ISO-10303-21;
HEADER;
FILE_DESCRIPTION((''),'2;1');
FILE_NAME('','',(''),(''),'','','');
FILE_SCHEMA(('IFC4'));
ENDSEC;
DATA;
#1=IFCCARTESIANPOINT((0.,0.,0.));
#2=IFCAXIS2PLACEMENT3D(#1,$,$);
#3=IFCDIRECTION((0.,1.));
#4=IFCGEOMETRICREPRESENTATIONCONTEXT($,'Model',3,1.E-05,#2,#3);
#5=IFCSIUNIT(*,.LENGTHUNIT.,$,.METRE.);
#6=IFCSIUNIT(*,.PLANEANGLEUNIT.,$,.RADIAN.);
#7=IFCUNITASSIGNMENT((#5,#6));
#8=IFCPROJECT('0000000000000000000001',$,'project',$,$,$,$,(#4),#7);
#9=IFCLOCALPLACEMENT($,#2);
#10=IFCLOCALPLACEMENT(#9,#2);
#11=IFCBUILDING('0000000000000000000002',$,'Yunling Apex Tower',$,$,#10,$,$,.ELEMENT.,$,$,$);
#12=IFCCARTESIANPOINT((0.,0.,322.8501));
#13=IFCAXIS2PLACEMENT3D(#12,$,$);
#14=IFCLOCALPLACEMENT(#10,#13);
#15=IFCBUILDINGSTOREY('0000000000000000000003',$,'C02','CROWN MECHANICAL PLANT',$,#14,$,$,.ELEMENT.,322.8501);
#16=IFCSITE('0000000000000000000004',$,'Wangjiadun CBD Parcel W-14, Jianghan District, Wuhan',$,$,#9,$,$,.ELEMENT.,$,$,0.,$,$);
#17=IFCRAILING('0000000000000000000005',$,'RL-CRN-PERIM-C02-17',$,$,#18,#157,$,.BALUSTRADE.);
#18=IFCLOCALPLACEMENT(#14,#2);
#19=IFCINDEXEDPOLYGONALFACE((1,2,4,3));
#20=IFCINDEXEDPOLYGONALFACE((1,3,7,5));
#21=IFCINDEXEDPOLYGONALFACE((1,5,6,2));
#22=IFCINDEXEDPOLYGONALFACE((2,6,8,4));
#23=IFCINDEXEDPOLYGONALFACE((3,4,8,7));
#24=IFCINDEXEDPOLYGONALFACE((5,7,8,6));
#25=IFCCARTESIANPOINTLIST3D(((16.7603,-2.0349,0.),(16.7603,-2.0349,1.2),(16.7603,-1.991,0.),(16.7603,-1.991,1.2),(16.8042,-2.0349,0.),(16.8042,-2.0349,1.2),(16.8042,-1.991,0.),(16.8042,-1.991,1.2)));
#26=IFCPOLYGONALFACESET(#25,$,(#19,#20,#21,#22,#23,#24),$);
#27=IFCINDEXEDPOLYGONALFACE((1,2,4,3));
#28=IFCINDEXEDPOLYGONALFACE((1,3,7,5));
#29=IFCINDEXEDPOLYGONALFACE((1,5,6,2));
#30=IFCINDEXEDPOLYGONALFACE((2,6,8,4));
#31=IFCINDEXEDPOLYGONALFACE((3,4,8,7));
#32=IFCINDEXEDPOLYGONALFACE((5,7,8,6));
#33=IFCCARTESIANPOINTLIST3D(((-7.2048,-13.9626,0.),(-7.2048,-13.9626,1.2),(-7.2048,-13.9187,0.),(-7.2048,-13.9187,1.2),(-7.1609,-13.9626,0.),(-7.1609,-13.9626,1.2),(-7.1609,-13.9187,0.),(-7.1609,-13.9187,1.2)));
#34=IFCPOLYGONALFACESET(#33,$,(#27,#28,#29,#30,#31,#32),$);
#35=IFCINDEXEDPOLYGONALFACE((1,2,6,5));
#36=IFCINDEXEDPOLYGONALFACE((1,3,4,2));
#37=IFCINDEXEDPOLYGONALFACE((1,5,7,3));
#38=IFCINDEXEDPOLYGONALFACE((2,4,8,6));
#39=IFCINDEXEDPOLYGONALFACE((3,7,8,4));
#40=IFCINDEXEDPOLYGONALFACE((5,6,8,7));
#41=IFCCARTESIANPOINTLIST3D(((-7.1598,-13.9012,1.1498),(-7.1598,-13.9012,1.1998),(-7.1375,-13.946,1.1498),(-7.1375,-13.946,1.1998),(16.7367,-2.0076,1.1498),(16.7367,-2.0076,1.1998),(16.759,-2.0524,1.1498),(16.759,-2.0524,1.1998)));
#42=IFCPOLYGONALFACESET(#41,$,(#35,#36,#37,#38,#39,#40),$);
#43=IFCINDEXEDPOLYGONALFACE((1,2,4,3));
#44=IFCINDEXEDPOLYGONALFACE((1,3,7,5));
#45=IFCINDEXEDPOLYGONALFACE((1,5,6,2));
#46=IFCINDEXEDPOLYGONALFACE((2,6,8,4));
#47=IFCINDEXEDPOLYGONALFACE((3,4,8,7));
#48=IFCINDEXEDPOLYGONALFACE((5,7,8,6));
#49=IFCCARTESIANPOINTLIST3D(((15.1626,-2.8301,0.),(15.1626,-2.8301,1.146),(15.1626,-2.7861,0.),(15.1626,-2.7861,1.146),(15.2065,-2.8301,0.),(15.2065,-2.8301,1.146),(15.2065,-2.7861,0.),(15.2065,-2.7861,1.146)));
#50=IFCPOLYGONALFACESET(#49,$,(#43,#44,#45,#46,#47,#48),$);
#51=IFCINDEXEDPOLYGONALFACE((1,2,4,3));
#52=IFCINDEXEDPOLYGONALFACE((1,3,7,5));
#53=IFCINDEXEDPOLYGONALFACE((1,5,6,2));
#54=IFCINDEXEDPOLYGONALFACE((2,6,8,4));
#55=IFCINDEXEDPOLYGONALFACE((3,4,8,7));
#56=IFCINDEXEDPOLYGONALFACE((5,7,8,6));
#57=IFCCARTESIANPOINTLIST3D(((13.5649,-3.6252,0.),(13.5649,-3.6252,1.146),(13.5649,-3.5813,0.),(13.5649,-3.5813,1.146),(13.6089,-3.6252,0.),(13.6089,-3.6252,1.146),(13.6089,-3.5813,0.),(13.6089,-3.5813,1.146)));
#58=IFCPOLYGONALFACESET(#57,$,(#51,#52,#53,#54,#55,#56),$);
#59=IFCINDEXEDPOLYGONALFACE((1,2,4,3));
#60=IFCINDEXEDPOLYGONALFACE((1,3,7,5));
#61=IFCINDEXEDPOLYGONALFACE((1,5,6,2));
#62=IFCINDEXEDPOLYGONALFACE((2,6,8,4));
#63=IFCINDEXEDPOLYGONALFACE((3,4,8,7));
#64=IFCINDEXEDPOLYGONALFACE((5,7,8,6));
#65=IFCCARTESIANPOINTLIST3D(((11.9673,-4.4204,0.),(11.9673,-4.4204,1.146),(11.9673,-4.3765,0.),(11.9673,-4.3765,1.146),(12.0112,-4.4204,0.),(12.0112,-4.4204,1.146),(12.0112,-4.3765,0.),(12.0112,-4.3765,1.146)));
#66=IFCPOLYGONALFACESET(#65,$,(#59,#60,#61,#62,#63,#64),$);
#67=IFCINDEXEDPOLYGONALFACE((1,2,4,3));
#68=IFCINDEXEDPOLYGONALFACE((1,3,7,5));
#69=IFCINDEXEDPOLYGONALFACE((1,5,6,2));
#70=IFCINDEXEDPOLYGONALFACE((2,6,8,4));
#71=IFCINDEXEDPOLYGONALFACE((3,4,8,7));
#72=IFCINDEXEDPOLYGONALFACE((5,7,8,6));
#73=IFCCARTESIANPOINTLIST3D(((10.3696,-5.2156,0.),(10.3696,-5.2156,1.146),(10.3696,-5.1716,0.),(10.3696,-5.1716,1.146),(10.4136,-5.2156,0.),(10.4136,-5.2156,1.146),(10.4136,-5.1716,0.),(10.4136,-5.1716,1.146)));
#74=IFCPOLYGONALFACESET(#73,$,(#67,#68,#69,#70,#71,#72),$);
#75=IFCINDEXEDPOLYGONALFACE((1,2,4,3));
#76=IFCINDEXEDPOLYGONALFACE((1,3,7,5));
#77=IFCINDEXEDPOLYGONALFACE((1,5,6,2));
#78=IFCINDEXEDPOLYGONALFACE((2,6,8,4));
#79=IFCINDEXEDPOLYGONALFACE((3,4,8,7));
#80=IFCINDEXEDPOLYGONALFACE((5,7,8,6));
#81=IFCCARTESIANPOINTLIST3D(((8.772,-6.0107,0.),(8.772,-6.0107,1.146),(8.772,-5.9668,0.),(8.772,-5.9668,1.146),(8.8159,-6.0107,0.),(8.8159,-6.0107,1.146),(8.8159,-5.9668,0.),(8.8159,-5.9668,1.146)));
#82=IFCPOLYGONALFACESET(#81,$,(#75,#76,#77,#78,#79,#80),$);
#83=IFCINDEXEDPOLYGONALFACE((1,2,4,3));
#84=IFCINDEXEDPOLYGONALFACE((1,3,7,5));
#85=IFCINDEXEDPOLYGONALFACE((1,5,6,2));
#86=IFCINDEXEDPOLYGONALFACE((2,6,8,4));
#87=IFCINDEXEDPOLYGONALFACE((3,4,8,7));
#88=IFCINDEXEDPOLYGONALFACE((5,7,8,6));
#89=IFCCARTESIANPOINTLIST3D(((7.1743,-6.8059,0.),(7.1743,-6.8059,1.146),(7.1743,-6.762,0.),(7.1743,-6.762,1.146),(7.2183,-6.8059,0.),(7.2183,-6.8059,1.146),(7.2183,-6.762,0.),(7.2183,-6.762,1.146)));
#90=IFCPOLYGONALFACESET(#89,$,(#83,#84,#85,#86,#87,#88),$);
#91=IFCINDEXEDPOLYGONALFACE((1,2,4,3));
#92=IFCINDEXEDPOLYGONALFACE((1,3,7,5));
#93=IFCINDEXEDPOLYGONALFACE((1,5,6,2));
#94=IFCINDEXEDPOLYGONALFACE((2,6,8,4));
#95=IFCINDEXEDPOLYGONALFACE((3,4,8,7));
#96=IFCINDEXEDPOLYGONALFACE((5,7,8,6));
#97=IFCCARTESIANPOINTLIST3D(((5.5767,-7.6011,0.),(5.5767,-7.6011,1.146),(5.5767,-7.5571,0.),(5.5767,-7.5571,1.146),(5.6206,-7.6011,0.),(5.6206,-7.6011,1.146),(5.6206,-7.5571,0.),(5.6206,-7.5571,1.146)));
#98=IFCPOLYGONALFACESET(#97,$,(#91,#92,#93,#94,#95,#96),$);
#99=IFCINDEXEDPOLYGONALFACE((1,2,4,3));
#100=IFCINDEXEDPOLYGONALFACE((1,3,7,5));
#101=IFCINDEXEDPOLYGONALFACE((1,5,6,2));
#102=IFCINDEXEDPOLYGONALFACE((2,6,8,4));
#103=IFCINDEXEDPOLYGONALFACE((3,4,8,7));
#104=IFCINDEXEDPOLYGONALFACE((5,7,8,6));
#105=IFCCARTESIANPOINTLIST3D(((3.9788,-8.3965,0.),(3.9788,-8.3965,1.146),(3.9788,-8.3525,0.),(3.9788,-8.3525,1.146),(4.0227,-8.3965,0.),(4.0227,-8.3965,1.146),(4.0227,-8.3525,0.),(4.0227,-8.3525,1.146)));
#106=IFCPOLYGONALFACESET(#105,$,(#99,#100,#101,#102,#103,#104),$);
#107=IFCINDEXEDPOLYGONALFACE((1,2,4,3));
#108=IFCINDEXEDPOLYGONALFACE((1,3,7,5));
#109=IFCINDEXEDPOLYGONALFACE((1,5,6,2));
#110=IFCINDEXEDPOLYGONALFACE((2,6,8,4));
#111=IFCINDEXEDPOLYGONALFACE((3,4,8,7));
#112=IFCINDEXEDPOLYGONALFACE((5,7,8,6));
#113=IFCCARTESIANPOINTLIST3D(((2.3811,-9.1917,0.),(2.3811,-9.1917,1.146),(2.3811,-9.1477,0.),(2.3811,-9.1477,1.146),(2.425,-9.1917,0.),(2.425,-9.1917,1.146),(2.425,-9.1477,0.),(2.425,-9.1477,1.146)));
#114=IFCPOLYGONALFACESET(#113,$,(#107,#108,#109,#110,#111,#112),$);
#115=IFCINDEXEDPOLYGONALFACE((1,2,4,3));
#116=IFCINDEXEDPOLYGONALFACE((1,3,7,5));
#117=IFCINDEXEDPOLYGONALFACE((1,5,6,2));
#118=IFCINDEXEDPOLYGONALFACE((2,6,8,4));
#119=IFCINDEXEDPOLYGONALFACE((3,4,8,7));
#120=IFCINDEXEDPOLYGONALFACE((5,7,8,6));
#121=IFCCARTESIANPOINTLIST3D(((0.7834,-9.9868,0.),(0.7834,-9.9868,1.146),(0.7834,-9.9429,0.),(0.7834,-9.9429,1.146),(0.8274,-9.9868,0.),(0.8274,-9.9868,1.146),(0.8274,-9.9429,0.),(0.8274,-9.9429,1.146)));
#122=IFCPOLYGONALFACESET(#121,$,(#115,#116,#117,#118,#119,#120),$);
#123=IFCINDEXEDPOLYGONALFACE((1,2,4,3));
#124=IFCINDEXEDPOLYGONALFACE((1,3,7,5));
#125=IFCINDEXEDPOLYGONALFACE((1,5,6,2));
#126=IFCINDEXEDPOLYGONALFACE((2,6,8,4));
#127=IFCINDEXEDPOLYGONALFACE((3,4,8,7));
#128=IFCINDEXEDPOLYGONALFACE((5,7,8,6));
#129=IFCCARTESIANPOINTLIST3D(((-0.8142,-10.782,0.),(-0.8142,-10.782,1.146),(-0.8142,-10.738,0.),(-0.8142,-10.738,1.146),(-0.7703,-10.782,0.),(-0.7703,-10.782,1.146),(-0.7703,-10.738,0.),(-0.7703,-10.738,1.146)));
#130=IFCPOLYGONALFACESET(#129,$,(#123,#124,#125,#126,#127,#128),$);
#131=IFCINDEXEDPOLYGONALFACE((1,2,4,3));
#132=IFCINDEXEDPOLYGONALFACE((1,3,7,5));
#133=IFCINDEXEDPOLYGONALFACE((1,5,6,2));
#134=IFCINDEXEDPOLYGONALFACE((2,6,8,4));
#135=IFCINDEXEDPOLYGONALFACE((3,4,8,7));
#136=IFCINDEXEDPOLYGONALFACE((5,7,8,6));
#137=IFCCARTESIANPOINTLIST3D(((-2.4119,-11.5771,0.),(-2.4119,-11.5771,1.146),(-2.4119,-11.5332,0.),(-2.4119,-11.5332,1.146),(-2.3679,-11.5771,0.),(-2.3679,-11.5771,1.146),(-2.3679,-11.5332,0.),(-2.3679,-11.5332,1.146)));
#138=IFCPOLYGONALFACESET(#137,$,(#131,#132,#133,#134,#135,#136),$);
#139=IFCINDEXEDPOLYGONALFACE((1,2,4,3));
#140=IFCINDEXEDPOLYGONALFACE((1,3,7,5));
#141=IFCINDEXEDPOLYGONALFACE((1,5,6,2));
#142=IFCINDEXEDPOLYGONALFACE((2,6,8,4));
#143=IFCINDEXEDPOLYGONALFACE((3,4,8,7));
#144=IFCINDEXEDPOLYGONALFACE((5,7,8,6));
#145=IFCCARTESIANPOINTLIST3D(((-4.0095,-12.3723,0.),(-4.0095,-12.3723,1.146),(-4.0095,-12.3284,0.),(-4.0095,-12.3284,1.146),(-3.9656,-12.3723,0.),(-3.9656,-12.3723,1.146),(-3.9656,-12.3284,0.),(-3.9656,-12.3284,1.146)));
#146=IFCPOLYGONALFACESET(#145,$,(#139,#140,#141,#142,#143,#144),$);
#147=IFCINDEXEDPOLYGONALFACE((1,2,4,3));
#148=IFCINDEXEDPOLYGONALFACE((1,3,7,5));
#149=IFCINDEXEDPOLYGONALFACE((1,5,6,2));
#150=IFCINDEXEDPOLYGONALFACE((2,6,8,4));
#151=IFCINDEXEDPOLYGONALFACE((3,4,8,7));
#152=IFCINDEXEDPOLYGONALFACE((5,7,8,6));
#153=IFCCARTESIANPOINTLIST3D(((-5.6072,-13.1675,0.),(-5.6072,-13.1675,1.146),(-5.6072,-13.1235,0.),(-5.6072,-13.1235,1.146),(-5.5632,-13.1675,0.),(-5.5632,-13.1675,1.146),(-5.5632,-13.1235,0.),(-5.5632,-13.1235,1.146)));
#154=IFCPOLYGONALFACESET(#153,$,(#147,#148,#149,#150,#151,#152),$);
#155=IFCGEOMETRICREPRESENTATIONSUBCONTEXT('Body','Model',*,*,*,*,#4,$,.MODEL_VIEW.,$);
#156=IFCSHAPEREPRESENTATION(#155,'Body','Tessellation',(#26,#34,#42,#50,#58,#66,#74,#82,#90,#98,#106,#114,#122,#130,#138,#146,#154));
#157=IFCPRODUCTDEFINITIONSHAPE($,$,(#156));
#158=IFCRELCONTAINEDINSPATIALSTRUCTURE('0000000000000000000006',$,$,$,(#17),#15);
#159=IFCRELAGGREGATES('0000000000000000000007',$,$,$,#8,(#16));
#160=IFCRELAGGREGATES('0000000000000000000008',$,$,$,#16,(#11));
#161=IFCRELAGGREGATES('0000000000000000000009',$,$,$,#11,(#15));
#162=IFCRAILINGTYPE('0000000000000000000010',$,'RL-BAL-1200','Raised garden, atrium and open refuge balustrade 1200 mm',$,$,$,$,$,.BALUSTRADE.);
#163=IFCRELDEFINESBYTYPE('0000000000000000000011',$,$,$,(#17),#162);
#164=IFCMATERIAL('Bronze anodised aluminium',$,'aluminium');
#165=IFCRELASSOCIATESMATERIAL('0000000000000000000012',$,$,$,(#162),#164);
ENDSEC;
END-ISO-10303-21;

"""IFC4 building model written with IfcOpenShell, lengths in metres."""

from ifc_helpers import new_model, si_unit, direction, frame, origin, origin_2d, place, context, subcontext, project, spatial, rectangle, extrude, material, type_object, element, save


model = new_model("IFC4")

# Units and contexts
model_context = context("Model", 3, precision=1e-05, world=origin(), true_north=direction((0.0, 1.0)))
body_context = subcontext(model_context, "Body", "Model", "MODEL_VIEW")
ifc_project = project(units=[si_unit("LENGTHUNIT", "METRE"), si_unit("PLANEANGLEUNIT", "RADIAN")], contexts=[model_context])

# Site, building, storey
site_placement = place(None, origin())
site = spatial("IfcSite", under=ifc_project, at=site_placement, Name="Wangjiadun CBD Parcel W-14, Jianghan District, Wuhan", CompositionType="ELEMENT", RefElevation=0.0)
building_placement = place(site_placement, origin())
building = spatial("IfcBuilding", under=site, at=building_placement, Name="Yunling Apex Tower", CompositionType="ELEMENT")
storey_placement = place(building_placement, frame((0.0, 0.0, 322.8501)))
storey = spatial("IfcBuildingStorey", under=building, at=storey_placement, Name="C02", Description="CROWN MECHANICAL PLANT", CompositionType="ELEMENT", Elevation=322.8501)

# Shared definitions
ifc_material_1 = material(Name="Bronze anodised aluminium", Category="aluminium")

# Railing
railing_type = type_object("IfcRailingType", Name="RL-BAL-1200", Description="Raised garden, atrium and open refuge balustrade 1200 mm", PredefinedType="BALUSTRADE", material=ifc_material_1)
railing_1_placement = place(storey_placement, frame((16.7822, -2.0129, 0.0)))
element("IfcRailing", 1, at=railing_1_placement, inside=storey, type_object=railing_type, Name="RL-CRN-PERIM-C02-17", PredefinedType="BALUSTRADE", context=body_context, shape_type="SweptSolid", body=[
    extrude(rectangle(XDim=0.0439, YDim=0.0439, at=origin_2d()), origin(), (0.0, 0.0, 1.0), 1.2),
    extrude(rectangle(XDim=0.0439, YDim=0.0439, at=origin_2d()), frame((-23.9651, -11.9277, 0.0)), (0.0, 0.0, 1.0), 1.2),
    extrude(rectangle(XDim=0.05, YDim=0.05, at=origin_2d()), frame((-0.0344, -0.0171, 1.1748), z_axis=(-0.895245, -0.445575, 0.0), x_axis=(0.445575, -0.895245, 0.0)), (0.0, 0.0, 1.0), 26.6926),
    extrude(rectangle(XDim=0.0439, YDim=0.0439, at=origin_2d()), frame((-1.5977, -0.7952, 0.0)), (0.0, 0.0, 1.0), 1.146),
    extrude(rectangle(XDim=0.0439, YDim=0.0439, at=origin_2d()), frame((-3.1953, -1.5903, 0.0)), (0.0, 0.0, 1.0), 1.146),
    extrude(rectangle(XDim=0.0439, YDim=0.0439, at=origin_2d()), frame((-4.793, -2.3855, 0.0)), (0.0, 0.0, 1.0), 1.146),
    extrude(rectangle(XDim=0.0439, YDim=0.0439, at=origin_2d()), frame((-6.3906, -3.1807, 0.0)), (0.0, 0.0, 1.0), 1.146),
    extrude(rectangle(XDim=0.0439, YDim=0.0439, at=origin_2d()), frame((-7.9883, -3.9758, 0.0)), (0.0, 0.0, 1.0), 1.146),
    extrude(rectangle(XDim=0.0439, YDim=0.0439, at=origin_2d()), frame((-9.5859, -4.771, 0.0)), (0.0, 0.0, 1.0), 1.146),
    extrude(rectangle(XDim=0.0439, YDim=0.0439, at=origin_2d()), frame((-11.1836, -5.5662, 0.0)), (0.0, 0.0, 1.0), 1.146),
    extrude(rectangle(XDim=0.0439, YDim=0.0439, at=origin_2d()), frame((-12.7815, -6.3616, 0.0)), (0.0, 0.0, 1.0), 1.146),
    extrude(rectangle(XDim=0.0439, YDim=0.0439, at=origin_2d()), frame((-14.3792, -7.1567, 0.0)), (0.0, 0.0, 1.0), 1.146),
    extrude(rectangle(XDim=0.0439, YDim=0.0439, at=origin_2d()), frame((-15.9768, -7.9519, 0.0)), (0.0, 0.0, 1.0), 1.146),
    extrude(rectangle(XDim=0.0439, YDim=0.0439, at=origin_2d()), frame((-17.5745, -8.7471, 0.0)), (0.0, 0.0, 1.0), 1.146),
    extrude(rectangle(XDim=0.0439, YDim=0.0439, at=origin_2d()), frame((-19.1721, -9.5422, 0.0)), (0.0, 0.0, 1.0), 1.146),
    extrude(rectangle(XDim=0.0439, YDim=0.0439, at=origin_2d()), frame((-20.7698, -10.3374, 0.0)), (0.0, 0.0, 1.0), 1.146),
    extrude(rectangle(XDim=0.0439, YDim=0.0439, at=origin_2d()), frame((-22.3674, -11.1326, 0.0)), (0.0, 0.0, 1.0), 1.146),
])

save(model, "model.ifc")
